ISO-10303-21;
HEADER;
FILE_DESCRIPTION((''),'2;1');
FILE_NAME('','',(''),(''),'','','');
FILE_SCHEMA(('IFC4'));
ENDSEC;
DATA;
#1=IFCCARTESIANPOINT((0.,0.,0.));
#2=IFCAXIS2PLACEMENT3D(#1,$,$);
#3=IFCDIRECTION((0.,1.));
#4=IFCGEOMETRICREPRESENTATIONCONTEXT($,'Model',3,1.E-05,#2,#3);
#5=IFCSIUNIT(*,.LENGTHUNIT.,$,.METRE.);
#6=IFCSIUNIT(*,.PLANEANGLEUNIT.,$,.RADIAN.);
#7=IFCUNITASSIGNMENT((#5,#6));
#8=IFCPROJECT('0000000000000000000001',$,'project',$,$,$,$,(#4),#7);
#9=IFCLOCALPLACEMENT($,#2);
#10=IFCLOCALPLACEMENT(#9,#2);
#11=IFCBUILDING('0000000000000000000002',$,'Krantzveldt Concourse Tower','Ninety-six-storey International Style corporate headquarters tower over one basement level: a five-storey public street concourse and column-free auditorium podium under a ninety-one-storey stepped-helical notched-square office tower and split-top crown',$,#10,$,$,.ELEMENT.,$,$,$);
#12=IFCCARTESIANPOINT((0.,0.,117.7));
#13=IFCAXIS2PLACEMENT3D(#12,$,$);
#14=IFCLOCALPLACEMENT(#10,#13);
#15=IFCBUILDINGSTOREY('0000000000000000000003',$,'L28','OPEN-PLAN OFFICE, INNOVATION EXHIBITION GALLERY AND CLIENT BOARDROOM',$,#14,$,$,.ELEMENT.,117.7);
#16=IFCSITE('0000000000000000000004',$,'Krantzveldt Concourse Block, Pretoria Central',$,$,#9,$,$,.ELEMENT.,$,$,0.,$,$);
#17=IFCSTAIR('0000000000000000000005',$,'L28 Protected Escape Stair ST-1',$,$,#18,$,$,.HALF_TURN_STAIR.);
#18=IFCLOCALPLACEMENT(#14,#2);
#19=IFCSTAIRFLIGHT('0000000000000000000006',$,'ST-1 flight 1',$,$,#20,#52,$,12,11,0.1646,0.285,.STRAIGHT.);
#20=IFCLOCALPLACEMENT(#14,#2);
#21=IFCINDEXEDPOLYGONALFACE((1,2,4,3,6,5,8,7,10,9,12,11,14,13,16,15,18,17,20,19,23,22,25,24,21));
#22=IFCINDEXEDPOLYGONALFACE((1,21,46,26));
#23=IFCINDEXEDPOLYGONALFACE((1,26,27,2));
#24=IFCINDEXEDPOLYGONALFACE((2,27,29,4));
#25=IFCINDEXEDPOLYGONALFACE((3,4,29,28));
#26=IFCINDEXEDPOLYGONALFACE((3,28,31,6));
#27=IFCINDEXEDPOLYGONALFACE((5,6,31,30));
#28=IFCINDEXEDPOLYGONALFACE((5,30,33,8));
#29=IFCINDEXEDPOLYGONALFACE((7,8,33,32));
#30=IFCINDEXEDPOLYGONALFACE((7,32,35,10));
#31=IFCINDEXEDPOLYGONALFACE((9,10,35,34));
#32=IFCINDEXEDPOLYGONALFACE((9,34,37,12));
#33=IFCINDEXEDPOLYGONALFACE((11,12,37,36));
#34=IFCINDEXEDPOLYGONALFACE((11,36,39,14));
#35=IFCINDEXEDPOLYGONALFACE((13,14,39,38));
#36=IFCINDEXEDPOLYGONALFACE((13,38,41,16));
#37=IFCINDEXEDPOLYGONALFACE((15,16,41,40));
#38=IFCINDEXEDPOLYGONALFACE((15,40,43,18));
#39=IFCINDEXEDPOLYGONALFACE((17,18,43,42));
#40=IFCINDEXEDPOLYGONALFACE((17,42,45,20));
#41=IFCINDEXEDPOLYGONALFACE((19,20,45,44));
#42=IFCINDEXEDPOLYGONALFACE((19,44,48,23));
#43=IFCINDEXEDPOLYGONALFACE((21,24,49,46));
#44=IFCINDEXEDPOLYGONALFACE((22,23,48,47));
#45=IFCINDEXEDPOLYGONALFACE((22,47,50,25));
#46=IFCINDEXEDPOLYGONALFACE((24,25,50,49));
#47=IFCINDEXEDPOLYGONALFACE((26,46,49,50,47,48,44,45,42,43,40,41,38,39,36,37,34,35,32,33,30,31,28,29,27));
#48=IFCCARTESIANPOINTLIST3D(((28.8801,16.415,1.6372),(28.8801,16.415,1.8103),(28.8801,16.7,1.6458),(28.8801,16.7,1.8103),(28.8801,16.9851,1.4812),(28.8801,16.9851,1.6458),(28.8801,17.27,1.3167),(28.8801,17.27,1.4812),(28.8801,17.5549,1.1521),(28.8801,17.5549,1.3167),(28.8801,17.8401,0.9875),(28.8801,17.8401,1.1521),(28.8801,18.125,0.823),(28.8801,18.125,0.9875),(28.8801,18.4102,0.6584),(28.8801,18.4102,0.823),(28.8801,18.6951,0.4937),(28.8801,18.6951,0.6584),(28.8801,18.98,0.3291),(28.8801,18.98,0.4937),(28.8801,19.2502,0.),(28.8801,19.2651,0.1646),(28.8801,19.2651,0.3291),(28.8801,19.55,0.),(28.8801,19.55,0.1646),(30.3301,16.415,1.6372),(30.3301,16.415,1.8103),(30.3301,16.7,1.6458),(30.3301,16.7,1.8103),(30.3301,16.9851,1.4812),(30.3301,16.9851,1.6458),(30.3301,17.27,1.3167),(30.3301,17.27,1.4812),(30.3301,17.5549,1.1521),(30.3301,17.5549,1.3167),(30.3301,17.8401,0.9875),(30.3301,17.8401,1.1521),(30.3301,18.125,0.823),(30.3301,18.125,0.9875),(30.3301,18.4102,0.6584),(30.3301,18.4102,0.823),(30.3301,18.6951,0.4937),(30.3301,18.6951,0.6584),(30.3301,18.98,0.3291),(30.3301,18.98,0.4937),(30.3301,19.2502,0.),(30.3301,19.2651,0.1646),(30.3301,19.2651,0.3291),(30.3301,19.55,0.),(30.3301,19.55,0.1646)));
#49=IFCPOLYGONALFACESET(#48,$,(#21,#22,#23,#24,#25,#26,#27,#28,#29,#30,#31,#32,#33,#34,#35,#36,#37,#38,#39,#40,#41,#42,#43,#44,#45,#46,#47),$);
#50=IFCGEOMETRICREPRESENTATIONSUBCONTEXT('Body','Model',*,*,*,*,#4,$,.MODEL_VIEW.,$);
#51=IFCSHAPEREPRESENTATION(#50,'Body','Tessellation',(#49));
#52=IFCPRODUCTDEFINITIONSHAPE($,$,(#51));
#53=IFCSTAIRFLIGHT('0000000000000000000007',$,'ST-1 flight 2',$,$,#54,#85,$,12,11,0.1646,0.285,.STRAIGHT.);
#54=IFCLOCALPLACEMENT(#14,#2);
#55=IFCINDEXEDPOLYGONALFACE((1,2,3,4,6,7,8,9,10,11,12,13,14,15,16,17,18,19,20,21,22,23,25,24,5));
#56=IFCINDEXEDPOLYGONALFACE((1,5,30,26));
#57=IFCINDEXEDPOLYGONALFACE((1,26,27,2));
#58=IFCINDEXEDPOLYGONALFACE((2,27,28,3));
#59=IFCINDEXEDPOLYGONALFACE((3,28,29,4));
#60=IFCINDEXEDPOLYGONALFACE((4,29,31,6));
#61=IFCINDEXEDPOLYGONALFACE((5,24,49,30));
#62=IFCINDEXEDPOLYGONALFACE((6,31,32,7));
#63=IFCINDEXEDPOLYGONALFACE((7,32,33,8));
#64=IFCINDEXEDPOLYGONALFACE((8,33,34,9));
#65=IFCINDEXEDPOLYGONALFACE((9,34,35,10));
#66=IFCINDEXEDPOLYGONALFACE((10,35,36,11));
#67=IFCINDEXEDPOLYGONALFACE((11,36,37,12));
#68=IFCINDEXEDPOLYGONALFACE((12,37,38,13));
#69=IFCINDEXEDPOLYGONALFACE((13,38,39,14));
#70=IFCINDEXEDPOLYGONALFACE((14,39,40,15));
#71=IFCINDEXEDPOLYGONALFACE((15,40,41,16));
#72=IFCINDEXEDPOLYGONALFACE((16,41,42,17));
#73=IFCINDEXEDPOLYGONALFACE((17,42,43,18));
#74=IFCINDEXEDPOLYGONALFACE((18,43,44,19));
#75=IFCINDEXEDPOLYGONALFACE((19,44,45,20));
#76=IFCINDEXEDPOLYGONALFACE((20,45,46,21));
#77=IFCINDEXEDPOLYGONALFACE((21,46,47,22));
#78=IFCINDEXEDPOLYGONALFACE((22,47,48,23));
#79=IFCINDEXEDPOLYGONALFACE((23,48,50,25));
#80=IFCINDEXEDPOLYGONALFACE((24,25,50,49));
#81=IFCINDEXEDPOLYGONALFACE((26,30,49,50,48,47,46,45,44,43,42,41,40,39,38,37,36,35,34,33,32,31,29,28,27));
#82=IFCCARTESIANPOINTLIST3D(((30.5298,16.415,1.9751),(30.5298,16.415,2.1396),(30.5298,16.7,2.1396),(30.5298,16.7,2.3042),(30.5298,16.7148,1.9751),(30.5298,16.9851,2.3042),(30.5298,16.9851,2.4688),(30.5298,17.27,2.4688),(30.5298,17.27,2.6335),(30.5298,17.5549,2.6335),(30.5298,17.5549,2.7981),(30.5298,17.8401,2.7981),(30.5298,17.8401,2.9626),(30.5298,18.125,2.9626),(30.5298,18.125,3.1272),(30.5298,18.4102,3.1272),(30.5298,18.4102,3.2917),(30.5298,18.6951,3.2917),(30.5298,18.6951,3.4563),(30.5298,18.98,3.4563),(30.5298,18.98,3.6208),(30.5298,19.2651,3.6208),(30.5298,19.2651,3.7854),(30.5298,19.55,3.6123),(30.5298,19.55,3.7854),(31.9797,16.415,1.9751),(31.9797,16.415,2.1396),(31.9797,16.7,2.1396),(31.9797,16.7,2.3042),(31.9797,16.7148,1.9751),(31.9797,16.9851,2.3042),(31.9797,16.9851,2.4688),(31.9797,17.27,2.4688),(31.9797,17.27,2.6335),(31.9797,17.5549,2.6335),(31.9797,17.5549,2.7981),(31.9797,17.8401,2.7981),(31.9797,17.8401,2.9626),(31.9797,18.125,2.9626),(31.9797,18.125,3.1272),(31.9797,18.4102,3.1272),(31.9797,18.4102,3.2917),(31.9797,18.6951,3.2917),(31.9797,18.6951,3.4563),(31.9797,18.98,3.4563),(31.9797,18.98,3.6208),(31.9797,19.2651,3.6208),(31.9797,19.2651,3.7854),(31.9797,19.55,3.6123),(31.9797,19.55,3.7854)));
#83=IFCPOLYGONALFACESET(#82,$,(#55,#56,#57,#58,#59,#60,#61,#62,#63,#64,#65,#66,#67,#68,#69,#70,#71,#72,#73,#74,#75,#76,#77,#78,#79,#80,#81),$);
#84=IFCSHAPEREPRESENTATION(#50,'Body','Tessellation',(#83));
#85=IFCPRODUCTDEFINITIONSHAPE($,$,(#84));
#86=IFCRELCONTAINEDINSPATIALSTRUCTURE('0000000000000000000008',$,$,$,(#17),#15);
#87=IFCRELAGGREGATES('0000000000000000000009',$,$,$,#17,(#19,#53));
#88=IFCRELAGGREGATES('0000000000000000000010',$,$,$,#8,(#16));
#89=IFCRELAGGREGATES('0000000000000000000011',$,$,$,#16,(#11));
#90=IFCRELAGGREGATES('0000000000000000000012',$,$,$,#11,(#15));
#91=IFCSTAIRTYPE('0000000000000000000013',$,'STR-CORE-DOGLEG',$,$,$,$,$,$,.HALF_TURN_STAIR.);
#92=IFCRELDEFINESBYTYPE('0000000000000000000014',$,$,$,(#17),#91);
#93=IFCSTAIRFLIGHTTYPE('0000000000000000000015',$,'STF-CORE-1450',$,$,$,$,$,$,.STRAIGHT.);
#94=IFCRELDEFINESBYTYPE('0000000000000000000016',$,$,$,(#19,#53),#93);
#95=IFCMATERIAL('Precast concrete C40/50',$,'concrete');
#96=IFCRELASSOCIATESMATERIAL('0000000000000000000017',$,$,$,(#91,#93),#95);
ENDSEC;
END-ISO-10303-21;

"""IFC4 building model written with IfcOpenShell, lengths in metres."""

from ifc_helpers import new_model, si_unit, direction, frame, origin, place, context, subcontext, project, spatial, polyline, outline, extrude, material, type_object, element, aggregate, save


model = new_model("IFC4")

# Units and contexts
model_context = context("Model", 3, precision=1e-05, world=origin(), true_north=direction((0.0, 1.0)))
body_context = subcontext(model_context, "Body", "Model", "MODEL_VIEW")
ifc_project = project(units=[si_unit("LENGTHUNIT", "METRE"), si_unit("PLANEANGLEUNIT", "RADIAN")], contexts=[model_context])

# Site, building, storey
site_placement = place(None, origin())
site = spatial("IfcSite", under=ifc_project, at=site_placement, Name="Krantzveldt Concourse Block, Pretoria Central", CompositionType="ELEMENT", RefElevation=0.0)
building_placement = place(site_placement, origin())
building = spatial("IfcBuilding", under=site, at=building_placement, Name="Krantzveldt Concourse Tower", Description="Ninety-six-storey International Style corporate headquarters tower over one basement level: a five-storey public street concourse and column-free auditorium podium under a ninety-one-storey stepped-helical notched-square office tower and split-top crown", CompositionType="ELEMENT")
storey_placement = place(building_placement, frame((0.0, 0.0, 117.7)))
storey = spatial("IfcBuildingStorey", under=building, at=storey_placement, Name="L28", Description="OPEN-PLAN OFFICE, INNOVATION EXHIBITION GALLERY AND CLIENT BOARDROOM", CompositionType="ELEMENT", Elevation=117.7)

# Stair, stair flights
ifc_material_1 = material(Name="Precast concrete C40/50", Category="concrete")
stair_type = type_object("IfcStairType", Name="STR-CORE-DOGLEG", PredefinedType="HALF_TURN_STAIR", material=ifc_material_1)
stair_placement = place(storey_placement, origin())
stair = element("IfcStair", 1, at=stair_placement, inside=storey, type_object=stair_type, Name="L28 Protected Escape Stair ST-1", PredefinedType="HALF_TURN_STAIR")
stair_flight_type = type_object("IfcStairFlightType", Name="STF-CORE-1450", PredefinedType="STRAIGHT", material=ifc_material_1)
stair_flight_1_placement = place(storey_placement, frame((29.605, 19.55, 0.0), z_axis=(0.0, 0.0, 1.0), x_axis=(0.0, -1.0, 0.0)))
stair_flight_1 = element("IfcStairFlight", 2, at=stair_flight_1_placement, type_object=stair_flight_type, Name="ST-1 flight 1", NumberOfRisers=12, NumberOfTreads=11, PredefinedType="STRAIGHT", RiserHeight=0.1646, TreadLength=0.285, context=body_context, shape_type="SweptSolid", body=[
    extrude(outline(polyline([(0.0, 0.0), (0.0, 0.1646), (0.2849, 0.1646), (0.2849, 0.3291), (0.5701, 0.3291), (0.5701, 0.4937), (0.855, 0.4937), (0.855, 0.6584), (1.1399, 0.6584), (1.1399, 0.823), (1.425, 0.823), (1.425, 0.9875), (1.71, 0.9875), (1.71, 1.1521), (1.9951, 1.1521), (1.9951, 1.3167), (2.28, 1.3167), (2.28, 1.4812), (2.5649, 1.4812), (2.5649, 1.6458), (2.8501, 1.6458), (2.8501, 1.8103), (3.135, 1.8103), (3.135, 1.9751), (3.135, 1.6372), (0.2998, 0.0), (0.0, 0.0)])), frame((0.0, 0.7251, 0.0), z_axis=(0.0, -1.0, 0.0), x_axis=(1.0, 0.0, 0.0)), (0.0, 0.0, 1.0), 1.45),
])
stair_flight_2_placement = place(storey_placement, frame((31.2549, 16.415, 1.9751), z_axis=(0.0, 0.0, 1.0), x_axis=(0.0, 1.0, 0.0)))
stair_flight_2 = element("IfcStairFlight", 3, at=stair_flight_2_placement, type_object=stair_flight_type, Name="ST-1 flight 2", NumberOfRisers=12, NumberOfTreads=11, PredefinedType="STRAIGHT", RiserHeight=0.1646, TreadLength=0.285, context=body_context, shape_type="SweptSolid", body=[
    extrude(outline(polyline([(0.0, 0.0), (0.0, 0.1646), (0.2849, 0.1646), (0.2849, 0.3291), (0.5701, 0.3291), (0.5701, 0.4937), (0.855, 0.4937), (0.855, 0.6584), (1.1399, 0.6584), (1.1399, 0.823), (1.425, 0.823), (1.425, 0.9875), (1.71, 0.9875), (1.71, 1.1521), (1.9951, 1.1521), (1.9951, 1.3167), (2.28, 1.3167), (2.28, 1.4812), (2.5649, 1.4812), (2.5649, 1.6458), (2.8501, 1.6458), (2.8501, 1.8103), (3.135, 1.8103), (3.135, 1.9751), (3.135, 1.6372), (0.2998, 0.0), (0.0, 0.0)])), frame((0.0, 0.7251, 0.0), z_axis=(0.0, -1.0, 0.0), x_axis=(1.0, 0.0, 0.0)), (0.0, 0.0, 1.0), 1.45),
])
aggregate(stair, [stair_flight_1, stair_flight_2])

save(model, "model.ifc")
